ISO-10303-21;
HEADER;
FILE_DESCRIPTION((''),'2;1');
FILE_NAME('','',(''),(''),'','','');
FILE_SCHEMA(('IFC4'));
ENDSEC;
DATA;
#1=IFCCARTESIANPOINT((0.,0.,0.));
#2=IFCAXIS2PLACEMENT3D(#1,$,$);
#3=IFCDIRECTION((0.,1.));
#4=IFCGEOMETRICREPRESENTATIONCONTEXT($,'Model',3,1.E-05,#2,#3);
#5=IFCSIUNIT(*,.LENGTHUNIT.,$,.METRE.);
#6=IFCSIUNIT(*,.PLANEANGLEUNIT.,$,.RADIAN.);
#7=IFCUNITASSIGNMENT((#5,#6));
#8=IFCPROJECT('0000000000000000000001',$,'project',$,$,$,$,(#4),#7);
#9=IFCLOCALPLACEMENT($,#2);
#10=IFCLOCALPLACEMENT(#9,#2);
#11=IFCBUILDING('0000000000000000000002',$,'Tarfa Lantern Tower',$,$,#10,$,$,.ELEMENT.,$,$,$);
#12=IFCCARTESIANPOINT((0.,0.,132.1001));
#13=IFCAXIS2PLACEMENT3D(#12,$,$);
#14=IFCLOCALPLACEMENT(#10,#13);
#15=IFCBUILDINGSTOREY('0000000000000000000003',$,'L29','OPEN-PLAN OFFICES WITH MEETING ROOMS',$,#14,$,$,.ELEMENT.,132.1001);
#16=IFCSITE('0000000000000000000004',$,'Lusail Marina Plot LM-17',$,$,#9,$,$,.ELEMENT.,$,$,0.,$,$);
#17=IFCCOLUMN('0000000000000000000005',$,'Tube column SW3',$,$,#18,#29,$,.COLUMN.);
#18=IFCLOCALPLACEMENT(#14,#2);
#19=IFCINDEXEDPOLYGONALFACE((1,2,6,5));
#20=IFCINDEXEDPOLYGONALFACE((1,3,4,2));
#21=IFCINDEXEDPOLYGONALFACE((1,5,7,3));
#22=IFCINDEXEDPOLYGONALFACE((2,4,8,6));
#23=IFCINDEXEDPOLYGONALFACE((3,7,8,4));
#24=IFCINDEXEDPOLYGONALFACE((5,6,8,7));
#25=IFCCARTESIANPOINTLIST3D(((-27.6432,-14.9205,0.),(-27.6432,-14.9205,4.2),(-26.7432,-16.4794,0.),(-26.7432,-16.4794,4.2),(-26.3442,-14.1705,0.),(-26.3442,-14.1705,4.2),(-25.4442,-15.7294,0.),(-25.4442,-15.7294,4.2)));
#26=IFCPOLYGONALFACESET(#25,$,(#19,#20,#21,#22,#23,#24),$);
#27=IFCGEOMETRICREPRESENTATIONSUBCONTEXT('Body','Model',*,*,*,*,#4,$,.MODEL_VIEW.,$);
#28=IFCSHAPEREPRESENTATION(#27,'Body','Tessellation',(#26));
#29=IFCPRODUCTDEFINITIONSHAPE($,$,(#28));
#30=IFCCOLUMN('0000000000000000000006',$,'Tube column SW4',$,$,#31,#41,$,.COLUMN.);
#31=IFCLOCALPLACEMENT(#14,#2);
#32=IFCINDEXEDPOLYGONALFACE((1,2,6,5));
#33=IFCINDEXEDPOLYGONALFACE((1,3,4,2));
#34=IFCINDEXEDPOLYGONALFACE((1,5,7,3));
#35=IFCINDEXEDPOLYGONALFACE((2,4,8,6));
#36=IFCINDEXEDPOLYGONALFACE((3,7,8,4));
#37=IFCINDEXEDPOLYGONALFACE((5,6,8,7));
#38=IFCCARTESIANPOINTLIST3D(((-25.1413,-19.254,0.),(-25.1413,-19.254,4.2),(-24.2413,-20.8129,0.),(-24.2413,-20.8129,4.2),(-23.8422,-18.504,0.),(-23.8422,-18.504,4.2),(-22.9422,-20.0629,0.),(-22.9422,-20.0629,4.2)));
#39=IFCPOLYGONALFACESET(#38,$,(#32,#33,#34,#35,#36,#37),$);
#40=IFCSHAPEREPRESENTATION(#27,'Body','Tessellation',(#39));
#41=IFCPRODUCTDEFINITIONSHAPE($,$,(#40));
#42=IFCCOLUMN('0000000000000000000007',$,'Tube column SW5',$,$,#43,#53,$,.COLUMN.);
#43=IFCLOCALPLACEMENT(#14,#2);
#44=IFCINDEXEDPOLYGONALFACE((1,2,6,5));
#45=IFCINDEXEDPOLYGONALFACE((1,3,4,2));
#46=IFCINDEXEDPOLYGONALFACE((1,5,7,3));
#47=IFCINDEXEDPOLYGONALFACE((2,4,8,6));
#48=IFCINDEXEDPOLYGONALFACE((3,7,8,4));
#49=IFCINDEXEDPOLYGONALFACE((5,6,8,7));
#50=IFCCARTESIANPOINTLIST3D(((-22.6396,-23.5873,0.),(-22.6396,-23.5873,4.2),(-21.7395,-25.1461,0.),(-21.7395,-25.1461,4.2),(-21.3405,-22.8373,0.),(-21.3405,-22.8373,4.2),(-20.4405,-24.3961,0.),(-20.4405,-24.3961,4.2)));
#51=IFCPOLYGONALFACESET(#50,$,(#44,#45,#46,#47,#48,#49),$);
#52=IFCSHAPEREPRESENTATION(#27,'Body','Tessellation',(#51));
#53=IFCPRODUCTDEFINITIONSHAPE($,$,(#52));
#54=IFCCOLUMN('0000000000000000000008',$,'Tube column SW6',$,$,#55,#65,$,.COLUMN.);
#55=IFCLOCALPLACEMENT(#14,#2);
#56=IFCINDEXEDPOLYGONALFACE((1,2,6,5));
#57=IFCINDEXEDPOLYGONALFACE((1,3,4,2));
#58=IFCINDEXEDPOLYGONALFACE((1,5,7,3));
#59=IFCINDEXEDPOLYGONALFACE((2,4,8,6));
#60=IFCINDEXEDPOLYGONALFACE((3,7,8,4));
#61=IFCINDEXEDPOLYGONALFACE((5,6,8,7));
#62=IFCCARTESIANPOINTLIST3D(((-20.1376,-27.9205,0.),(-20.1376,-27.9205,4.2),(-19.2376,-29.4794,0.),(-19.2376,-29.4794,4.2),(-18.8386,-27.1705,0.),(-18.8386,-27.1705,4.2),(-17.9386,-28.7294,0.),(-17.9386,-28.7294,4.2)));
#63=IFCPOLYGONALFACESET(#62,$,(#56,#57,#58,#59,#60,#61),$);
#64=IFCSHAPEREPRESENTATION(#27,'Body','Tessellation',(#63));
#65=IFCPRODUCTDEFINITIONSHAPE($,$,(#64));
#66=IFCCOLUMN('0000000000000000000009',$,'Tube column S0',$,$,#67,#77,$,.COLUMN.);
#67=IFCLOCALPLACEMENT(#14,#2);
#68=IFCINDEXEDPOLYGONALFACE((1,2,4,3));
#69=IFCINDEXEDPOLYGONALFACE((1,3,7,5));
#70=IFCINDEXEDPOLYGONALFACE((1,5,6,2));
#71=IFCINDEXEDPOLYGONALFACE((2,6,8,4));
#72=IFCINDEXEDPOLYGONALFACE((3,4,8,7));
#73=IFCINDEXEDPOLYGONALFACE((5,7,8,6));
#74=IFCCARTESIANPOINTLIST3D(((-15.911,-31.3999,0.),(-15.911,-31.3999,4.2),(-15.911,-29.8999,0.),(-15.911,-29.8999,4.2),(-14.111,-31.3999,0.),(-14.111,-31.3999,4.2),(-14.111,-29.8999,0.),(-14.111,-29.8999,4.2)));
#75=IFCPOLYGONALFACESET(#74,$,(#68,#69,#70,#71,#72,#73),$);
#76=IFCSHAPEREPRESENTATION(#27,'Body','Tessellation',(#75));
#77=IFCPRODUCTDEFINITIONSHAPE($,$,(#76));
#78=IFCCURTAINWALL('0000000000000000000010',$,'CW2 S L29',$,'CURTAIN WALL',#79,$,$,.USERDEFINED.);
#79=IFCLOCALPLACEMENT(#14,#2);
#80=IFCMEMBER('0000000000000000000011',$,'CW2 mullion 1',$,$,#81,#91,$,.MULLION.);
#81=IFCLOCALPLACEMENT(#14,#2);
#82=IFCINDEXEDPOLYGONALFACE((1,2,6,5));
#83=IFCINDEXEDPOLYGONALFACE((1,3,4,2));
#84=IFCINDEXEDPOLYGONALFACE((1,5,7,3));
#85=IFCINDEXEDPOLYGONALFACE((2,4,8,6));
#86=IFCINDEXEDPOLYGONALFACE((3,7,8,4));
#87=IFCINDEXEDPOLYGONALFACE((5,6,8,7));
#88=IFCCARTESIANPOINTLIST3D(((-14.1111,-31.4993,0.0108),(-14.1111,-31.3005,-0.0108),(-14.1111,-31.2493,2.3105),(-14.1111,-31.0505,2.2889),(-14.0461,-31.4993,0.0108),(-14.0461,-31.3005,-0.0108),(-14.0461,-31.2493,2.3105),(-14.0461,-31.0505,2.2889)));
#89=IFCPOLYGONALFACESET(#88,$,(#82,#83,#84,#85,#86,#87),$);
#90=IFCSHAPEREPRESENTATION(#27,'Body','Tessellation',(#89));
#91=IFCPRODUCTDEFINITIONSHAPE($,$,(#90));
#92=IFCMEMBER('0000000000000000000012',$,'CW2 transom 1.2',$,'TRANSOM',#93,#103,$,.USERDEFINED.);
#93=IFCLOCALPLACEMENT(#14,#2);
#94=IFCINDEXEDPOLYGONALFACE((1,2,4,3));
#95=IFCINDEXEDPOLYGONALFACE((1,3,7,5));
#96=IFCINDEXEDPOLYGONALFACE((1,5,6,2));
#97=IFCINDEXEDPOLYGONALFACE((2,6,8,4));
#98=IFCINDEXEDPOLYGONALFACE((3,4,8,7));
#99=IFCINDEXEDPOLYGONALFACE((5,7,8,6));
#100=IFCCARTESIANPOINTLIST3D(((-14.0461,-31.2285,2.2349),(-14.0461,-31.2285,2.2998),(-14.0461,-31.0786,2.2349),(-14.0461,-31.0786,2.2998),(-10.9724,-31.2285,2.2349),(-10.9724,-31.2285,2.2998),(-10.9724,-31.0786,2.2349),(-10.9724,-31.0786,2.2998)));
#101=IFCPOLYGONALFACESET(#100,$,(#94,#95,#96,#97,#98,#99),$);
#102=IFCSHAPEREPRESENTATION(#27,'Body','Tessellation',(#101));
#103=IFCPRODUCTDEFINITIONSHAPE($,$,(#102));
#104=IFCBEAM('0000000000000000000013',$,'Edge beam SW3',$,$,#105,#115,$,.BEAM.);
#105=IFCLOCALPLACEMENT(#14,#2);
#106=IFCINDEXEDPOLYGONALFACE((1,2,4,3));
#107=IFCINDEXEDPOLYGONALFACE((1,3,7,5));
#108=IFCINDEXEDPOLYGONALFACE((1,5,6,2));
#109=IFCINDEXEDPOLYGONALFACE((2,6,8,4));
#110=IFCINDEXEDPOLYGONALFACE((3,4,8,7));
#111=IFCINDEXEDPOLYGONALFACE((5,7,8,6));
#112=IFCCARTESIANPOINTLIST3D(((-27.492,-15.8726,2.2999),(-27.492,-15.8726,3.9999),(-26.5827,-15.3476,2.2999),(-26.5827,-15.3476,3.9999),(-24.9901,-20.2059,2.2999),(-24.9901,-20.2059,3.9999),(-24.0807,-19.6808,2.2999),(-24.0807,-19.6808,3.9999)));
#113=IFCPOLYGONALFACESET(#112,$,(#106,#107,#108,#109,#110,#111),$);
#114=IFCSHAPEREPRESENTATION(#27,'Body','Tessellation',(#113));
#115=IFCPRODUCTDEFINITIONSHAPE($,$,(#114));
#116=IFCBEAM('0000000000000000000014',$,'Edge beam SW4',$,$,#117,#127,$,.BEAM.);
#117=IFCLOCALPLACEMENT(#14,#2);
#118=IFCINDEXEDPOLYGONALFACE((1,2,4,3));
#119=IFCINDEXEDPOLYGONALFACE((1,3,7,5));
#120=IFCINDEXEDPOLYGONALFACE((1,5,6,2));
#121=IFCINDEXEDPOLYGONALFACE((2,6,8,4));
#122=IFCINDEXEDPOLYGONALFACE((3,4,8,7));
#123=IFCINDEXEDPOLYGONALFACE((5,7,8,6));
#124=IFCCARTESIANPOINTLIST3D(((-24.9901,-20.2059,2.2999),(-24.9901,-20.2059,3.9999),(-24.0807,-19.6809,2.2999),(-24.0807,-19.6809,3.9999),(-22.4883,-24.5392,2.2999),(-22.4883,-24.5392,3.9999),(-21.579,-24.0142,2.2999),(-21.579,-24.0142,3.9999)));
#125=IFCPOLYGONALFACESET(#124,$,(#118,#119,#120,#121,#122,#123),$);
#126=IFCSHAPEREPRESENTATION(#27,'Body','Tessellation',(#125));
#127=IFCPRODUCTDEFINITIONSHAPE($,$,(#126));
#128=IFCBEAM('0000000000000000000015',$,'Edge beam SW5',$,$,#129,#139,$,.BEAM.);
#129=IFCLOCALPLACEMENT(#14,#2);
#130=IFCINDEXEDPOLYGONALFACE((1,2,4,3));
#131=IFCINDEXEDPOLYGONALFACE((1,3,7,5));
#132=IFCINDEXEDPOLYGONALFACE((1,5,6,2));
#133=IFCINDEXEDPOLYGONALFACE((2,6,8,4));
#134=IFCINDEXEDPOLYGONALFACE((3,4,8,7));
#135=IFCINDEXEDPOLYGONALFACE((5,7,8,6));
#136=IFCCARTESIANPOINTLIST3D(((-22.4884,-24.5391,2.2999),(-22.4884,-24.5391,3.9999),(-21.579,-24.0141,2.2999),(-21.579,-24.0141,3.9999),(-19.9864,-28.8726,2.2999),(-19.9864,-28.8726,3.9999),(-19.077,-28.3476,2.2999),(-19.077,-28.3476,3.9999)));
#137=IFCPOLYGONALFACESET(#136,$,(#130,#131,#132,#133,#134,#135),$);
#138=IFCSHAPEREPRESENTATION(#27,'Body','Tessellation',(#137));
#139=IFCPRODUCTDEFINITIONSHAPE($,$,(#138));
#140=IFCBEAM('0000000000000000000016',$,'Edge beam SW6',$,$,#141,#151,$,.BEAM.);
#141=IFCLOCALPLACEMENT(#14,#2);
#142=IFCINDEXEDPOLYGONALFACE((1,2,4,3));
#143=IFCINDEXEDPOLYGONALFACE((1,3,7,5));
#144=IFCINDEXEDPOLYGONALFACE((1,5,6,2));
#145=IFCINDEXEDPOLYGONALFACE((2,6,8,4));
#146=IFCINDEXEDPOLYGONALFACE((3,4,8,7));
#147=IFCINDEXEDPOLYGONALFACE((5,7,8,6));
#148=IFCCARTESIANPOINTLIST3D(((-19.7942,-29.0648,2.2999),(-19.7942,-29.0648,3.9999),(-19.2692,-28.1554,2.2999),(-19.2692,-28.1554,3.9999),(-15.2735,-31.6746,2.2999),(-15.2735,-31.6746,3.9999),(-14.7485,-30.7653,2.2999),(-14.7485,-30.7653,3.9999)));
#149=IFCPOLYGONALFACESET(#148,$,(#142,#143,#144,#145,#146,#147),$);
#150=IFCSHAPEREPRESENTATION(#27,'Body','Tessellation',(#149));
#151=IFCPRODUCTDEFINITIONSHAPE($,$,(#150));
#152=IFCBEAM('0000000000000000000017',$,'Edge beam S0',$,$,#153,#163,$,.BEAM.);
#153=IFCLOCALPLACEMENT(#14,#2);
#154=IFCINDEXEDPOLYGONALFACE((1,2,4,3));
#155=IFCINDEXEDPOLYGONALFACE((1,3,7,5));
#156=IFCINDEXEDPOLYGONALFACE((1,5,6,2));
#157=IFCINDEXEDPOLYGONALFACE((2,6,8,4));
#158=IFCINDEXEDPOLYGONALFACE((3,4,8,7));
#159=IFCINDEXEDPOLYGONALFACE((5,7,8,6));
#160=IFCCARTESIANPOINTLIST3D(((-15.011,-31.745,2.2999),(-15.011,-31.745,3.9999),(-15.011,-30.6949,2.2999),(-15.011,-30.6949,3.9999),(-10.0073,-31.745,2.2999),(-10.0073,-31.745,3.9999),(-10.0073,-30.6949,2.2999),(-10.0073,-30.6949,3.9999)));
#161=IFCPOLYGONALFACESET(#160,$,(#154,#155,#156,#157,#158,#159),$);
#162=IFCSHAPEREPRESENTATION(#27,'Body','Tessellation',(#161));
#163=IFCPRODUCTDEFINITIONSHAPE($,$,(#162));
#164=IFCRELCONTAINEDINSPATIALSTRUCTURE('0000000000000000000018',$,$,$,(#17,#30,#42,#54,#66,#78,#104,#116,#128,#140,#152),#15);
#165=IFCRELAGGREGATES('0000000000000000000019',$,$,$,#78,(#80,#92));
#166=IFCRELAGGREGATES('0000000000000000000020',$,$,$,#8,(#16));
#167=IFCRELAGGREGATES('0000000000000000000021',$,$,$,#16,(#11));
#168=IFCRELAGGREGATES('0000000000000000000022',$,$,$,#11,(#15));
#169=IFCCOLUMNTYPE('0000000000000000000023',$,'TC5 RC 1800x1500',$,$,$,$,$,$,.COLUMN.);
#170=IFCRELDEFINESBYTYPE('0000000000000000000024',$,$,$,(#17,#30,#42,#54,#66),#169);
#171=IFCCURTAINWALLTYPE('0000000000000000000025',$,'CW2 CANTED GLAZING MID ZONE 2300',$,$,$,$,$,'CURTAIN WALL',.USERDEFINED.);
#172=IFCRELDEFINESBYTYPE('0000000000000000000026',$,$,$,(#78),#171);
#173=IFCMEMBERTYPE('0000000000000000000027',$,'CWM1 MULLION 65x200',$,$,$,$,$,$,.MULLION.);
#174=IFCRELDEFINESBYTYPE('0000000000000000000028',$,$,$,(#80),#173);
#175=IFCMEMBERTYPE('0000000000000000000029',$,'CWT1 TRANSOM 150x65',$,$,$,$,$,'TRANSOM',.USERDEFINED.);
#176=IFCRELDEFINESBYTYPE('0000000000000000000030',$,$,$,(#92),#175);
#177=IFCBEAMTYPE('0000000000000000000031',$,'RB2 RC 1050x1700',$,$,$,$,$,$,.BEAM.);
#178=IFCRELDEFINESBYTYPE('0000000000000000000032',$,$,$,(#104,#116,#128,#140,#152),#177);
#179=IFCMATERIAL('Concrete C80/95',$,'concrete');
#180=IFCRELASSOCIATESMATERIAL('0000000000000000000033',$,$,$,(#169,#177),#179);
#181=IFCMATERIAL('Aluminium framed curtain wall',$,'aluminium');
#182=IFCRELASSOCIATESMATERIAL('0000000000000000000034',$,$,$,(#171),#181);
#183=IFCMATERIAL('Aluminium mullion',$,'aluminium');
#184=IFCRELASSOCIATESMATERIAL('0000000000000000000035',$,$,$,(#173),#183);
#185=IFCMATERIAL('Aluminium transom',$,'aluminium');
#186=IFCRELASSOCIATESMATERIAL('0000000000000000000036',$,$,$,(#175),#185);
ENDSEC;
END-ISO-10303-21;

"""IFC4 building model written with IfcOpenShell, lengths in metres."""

from ifc_helpers import new_model, si_unit, direction, frame, origin, origin_2d, place, context, subcontext, project, spatial, rectangle, extrude, material, material_profile, profile_set, type_object, element, aggregate, save


model = new_model("IFC4")

# Units and contexts
model_context = context("Model", 3, precision=1e-05, world=origin(), true_north=direction((0.0, 1.0)))
body_context = subcontext(model_context, "Body", "Model", "MODEL_VIEW")
ifc_project = project(units=[si_unit("LENGTHUNIT", "METRE"), si_unit("PLANEANGLEUNIT", "RADIAN")], contexts=[model_context])

# Site, building, storey
site_placement = place(None, origin())
site = spatial("IfcSite", under=ifc_project, at=site_placement, Name="Lusail Marina Plot LM-17", CompositionType="ELEMENT", RefElevation=0.0)
building_placement = place(site_placement, origin())
building = spatial("IfcBuilding", under=site, at=building_placement, Name="Tarfa Lantern Tower", CompositionType="ELEMENT")
storey_placement = place(building_placement, frame((0.0, 0.0, 132.1001)))
storey = spatial("IfcBuildingStorey", under=building, at=storey_placement, Name="L29", Description="OPEN-PLAN OFFICES WITH MEETING ROOMS", CompositionType="ELEMENT", Elevation=132.1001)

# Columns
ifc_material_1 = material(Name="Concrete C80/95", Category="concrete")
ifc_material_profile_1 = material_profile(ifc_material_1, rectangle(XDim=1.8, YDim=1.5, at=origin_2d()), Name="RC 1800x1500")
ifc_profile_set_1 = profile_set([ifc_material_profile_1], Name="Concrete C80/95")
column_type = type_object("IfcColumnType", Name="TC5 RC 1800x1500", PredefinedType="COLUMN", material=ifc_profile_set_1)
for number, where, z_axis, x_axis, name in (
    (1, (-26.5437, -15.325, 0.0), (0.0, 0.0, 1.0), (0.5, -0.866025, 0.0), "Tube column SW3"),
    (2, (-24.0417, -19.6584, 0.0), (0.0, 0.0, 1.0), (0.5, -0.866025, 0.0), "Tube column SW4"),
    (3, (-21.54, -23.9917, 0.0), (0.0, 0.0, 1.0), (0.5, -0.866025, 0.0), "Tube column SW5"),
    (4, (-19.0381, -28.325, 0.0), (0.0, 0.0, 1.0), (0.5, -0.866025, 0.0), "Tube column SW6"),
    (5, (-15.011, -30.6499, 0.0), (0.0, 0.0, 1.0), (1.0, 0.0, 0.0), "Tube column S0"),
):
    element("IfcColumn", number, at=place(storey_placement, frame(where, z_axis=z_axis, x_axis=x_axis)), inside=storey, type_object=column_type, Name=name, PredefinedType="COLUMN", context=body_context, shape_type="SweptSolid", body=[
        extrude(rectangle(XDim=1.8, YDim=1.5, at=origin_2d()), origin(), (0.0, 0.0, 1.0), 4.2),
    ])

# Curtain wall, members
ifc_material_2 = material(Name="Aluminium framed curtain wall", Category="aluminium")
curtain_wall_type = type_object("IfcCurtainWallType", Name="CW2 CANTED GLAZING MID ZONE 2300", ElementType="CURTAIN WALL", PredefinedType="USERDEFINED", material=ifc_material_2)
curtain_wall_placement = place(storey_placement, origin())
curtain_wall = element("IfcCurtainWall", 6, at=curtain_wall_placement, inside=storey, type_object=curtain_wall_type, Name="CW2 S L29", ObjectType="CURTAIN WALL", PredefinedType="USERDEFINED")
ifc_material_3 = material(Name="Aluminium mullion", Category="aluminium")
ifc_material_profile_2 = material_profile(ifc_material_3, rectangle(XDim=0.0649, YDim=0.2, at=origin_2d()), Name="AL MULLION 65x200")
ifc_profile_set_2 = profile_set([ifc_material_profile_2], Name="Aluminium mullion")
member_type_1 = type_object("IfcMemberType", Name="CWM1 MULLION 65x200", PredefinedType="MULLION", material=ifc_profile_set_2)
member_1_placement = place(storey_placement, frame((-14.0786, -31.3999, 0.0), z_axis=(0.0, 0.108068, 0.994143), x_axis=(-1.0, 0.0, 0.0)))
member_1 = element("IfcMember", 7, at=member_1_placement, type_object=member_type_1, Name="CW2 mullion 1", PredefinedType="MULLION", context=body_context, shape_type="SweptSolid", body=[
    extrude(rectangle(XDim=0.0649, YDim=0.2, at=origin_2d()), origin(), (0.0, 0.0, 1.0), 2.3132),
])
ifc_material_4 = material(Name="Aluminium transom", Category="aluminium")
ifc_material_profile_3 = material_profile(ifc_material_4, rectangle(XDim=0.1499, YDim=0.0649, at=origin_2d()), Name="AL TRANSOM 150x65")
ifc_profile_set_3 = profile_set([ifc_material_profile_3], Name="Aluminium transom")
member_type_2 = type_object("IfcMemberType", Name="CWT1 TRANSOM 150x65", ElementType="TRANSOM", PredefinedType="USERDEFINED", material=ifc_profile_set_3)
member_2_placement = place(storey_placement, frame((-14.0461, -31.1536, 2.2673), z_axis=(1.0, 0.0, 0.0), x_axis=(0.0, 1.0, 0.0)))
member_2 = element("IfcMember", 8, at=member_2_placement, type_object=member_type_2, Name="CW2 transom 1.2", ObjectType="TRANSOM", PredefinedType="USERDEFINED", context=body_context, shape_type="SweptSolid", body=[
    extrude(rectangle(XDim=0.1499, YDim=0.0649, at=origin_2d()), origin(), (0.0, 0.0, 1.0), 3.0737),
])

# Beams
ifc_material_profile_4 = material_profile(ifc_material_1, rectangle(XDim=1.05, YDim=1.7, at=origin_2d()), Name="RC 1050x1700")
ifc_profile_set_4 = profile_set([ifc_material_profile_4], Name="Concrete C80/95")
beam_type_1 = type_object("IfcBeamType", Name="RB2 RC 1050x1700", PredefinedType="BEAM", material=ifc_profile_set_4)
for number, where, z_axis, x_axis, name in (
    (9, (-27.0374, -15.6101, 3.1499), (0.500022, -0.866013, 0.0), (0.866013, 0.500022, 0.0), "Edge beam SW3"),
    (10, (-24.5354, -19.9434, 3.1499), (0.499986, -0.866034, 0.0), (0.866034, 0.499986, 0.0), "Edge beam SW4"),
):
    element("IfcBeam", number, at=place(storey_placement, frame(where, z_axis=z_axis, x_axis=x_axis)), inside=storey, type_object=beam_type_1, Name=name, PredefinedType="BEAM", context=body_context, shape_type="SweptSolid", body=[
        extrude(rectangle(XDim=1.05, YDim=1.7, at=origin_2d()), origin(), (0.0, 0.0, 1.0), 5.0037),
    ])
beam_1_placement = place(storey_placement, frame((-22.0337, -24.2766, 3.1499), z_axis=(0.500001, -0.866025, 0.0), x_axis=(0.866025, 0.500001, 0.0)))
element("IfcBeam", 11, at=beam_1_placement, inside=storey, type_object=beam_type_1, Name="Edge beam SW5", PredefinedType="BEAM", context=body_context, shape_type="SweptSolid", body=[
    extrude(rectangle(XDim=1.05, YDim=1.7, at=origin_2d()), origin(), (0.0, 0.0, 1.0), 5.0039),
])
beam_2_placement = place(storey_placement, frame((-19.5317, -28.6101, 3.1499), z_axis=(0.866042, -0.499972, 0.0), x_axis=(0.499972, 0.866042, 0.0)))
element("IfcBeam", 12, at=beam_2_placement, inside=storey, type_object=beam_type_1, Name="Edge beam SW6", PredefinedType="BEAM", context=body_context, shape_type="SweptSolid", body=[
    extrude(rectangle(XDim=1.05, YDim=1.7, at=origin_2d()), origin(), (0.0, 0.0, 1.0), 5.22),
])
beam_3_placement = place(storey_placement, frame((-15.011, -31.22, 3.1499), z_axis=(1.0, 0.0, 0.0), x_axis=(0.0, 1.0, 0.0)))
element("IfcBeam", 13, at=beam_3_placement, inside=storey, type_object=beam_type_1, Name="Edge beam S0", PredefinedType="BEAM", context=body_context, shape_type="SweptSolid", body=[
    extrude(rectangle(XDim=1.05, YDim=1.7, at=origin_2d()), origin(), (0.0, 0.0, 1.0), 5.0037),
])

aggregate(curtain_wall, [member_1, member_2])

save(model, "model.ifc")
